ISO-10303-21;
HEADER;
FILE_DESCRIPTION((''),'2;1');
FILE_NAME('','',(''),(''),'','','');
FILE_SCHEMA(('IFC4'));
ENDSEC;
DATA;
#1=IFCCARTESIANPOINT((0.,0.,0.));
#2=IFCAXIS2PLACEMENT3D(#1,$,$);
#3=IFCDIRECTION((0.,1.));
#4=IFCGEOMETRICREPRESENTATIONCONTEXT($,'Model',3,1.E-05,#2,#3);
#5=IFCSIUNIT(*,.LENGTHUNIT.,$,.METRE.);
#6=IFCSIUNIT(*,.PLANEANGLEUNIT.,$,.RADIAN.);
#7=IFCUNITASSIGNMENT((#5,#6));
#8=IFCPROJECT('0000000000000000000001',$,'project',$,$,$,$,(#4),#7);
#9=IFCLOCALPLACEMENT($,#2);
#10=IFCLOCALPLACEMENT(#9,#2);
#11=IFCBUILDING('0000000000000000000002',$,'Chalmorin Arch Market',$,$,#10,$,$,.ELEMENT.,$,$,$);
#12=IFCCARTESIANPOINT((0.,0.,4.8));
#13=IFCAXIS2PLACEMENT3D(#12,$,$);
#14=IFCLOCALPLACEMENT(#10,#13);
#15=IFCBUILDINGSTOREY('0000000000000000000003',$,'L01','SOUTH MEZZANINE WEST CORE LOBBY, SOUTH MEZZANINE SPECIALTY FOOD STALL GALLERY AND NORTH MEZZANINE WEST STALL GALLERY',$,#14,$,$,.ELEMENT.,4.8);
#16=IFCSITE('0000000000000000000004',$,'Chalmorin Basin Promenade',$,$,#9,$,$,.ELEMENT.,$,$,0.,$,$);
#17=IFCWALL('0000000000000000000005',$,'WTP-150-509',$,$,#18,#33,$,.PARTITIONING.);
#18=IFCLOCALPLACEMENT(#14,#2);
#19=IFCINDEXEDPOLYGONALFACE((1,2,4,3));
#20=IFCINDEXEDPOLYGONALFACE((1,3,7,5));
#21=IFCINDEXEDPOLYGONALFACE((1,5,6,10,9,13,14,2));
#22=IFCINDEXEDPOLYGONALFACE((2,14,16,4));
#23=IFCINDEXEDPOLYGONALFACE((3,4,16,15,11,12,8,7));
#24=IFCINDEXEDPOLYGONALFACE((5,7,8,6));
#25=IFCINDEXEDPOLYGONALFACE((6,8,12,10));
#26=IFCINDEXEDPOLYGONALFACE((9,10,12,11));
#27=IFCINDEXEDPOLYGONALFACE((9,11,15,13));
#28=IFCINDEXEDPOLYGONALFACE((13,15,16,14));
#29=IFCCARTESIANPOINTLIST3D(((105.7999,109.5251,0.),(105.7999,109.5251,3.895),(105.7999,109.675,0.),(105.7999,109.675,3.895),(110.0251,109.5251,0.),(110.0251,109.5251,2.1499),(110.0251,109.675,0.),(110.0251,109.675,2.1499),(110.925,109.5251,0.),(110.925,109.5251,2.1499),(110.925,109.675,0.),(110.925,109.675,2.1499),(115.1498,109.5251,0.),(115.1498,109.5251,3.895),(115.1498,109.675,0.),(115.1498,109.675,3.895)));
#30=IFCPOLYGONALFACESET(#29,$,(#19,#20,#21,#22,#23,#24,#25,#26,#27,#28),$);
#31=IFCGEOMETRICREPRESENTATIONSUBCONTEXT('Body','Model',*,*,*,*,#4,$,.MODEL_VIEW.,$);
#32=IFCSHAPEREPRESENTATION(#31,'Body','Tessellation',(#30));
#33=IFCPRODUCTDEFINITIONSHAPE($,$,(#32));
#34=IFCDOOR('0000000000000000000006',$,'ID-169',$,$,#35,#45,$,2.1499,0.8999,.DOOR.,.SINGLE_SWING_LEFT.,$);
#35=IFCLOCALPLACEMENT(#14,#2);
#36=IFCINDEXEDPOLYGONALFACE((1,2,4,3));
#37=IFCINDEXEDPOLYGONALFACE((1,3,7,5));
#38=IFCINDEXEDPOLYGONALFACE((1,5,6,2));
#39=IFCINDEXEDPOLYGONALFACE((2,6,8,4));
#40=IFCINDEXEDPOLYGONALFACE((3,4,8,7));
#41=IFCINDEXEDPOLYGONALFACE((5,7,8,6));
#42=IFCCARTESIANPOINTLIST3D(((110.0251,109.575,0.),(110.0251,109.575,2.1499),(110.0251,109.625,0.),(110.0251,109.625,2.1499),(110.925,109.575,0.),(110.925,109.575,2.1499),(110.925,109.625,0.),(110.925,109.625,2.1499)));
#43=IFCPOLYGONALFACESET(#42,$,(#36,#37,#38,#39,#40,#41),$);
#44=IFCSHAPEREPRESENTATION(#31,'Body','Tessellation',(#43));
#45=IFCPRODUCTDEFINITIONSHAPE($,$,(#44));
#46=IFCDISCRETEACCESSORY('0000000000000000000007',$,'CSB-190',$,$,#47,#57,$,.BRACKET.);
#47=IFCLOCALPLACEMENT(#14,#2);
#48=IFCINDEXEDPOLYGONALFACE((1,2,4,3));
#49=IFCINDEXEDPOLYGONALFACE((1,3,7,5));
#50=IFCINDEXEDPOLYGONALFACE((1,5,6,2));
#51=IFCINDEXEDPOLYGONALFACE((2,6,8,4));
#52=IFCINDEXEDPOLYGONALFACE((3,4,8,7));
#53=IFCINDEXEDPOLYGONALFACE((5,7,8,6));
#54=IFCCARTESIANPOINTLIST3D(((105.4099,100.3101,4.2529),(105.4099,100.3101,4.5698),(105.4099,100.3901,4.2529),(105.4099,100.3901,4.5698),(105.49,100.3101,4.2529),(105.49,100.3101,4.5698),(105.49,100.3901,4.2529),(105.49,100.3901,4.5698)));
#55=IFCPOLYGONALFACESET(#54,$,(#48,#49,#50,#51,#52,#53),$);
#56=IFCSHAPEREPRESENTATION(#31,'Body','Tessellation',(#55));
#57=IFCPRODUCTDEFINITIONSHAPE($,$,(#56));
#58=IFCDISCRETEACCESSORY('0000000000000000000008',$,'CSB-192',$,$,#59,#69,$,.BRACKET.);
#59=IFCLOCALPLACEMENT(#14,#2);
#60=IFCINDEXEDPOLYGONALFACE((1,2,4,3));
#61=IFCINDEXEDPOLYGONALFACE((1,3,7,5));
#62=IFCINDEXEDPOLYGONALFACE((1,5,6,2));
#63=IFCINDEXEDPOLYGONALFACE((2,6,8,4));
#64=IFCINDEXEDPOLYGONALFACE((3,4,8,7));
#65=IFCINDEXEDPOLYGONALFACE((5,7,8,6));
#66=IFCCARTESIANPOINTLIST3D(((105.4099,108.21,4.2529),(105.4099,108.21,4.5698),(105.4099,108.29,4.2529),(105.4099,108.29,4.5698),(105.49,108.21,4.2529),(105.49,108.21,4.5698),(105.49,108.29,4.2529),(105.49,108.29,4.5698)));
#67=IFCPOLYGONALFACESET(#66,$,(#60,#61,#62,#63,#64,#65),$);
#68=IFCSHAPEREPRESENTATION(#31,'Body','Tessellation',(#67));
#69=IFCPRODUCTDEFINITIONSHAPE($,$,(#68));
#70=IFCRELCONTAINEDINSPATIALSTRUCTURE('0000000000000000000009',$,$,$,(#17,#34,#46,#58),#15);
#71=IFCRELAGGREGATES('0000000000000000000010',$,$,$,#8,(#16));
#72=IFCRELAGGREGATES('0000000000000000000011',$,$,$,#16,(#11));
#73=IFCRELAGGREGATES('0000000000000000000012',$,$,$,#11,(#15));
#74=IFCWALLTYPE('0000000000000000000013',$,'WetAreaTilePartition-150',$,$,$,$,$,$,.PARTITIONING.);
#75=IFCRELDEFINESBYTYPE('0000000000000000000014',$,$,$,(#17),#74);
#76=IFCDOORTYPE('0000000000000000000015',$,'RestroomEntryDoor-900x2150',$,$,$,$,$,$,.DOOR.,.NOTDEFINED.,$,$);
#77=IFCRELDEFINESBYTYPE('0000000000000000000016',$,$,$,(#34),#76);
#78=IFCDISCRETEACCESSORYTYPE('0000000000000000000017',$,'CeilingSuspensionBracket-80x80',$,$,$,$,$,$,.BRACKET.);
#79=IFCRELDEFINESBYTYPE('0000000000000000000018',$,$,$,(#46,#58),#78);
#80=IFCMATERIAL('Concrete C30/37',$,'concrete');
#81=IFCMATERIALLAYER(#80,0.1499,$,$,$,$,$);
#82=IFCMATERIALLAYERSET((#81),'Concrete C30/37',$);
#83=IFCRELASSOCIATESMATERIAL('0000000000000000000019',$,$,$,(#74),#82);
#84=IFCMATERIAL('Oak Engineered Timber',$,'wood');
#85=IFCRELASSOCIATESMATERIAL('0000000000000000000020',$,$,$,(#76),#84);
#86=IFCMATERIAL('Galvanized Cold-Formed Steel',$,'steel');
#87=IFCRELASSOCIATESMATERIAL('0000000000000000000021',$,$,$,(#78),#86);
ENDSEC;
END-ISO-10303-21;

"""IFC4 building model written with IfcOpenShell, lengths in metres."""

from ifc_helpers import new_model, si_unit, direction, frame, frame_2d, origin, origin_2d, place, context, subcontext, project, spatial, rectangle, extrude, material, layer, layer_set, type_object, element, fill, save


model = new_model("IFC4")

# Units and contexts
model_context = context("Model", 3, precision=1e-05, world=origin(), true_north=direction((0.0, 1.0)))
body_context = subcontext(model_context, "Body", "Model", "MODEL_VIEW")
ifc_project = project(units=[si_unit("LENGTHUNIT", "METRE"), si_unit("PLANEANGLEUNIT", "RADIAN")], contexts=[model_context])

# Site, building, storey
site_placement = place(None, origin())
site = spatial("IfcSite", under=ifc_project, at=site_placement, Name="Chalmorin Basin Promenade", CompositionType="ELEMENT", RefElevation=0.0)
building_placement = place(site_placement, origin())
building = spatial("IfcBuilding", under=site, at=building_placement, Name="Chalmorin Arch Market", CompositionType="ELEMENT")
storey_placement = place(building_placement, frame((0.0, 0.0, 4.8)))
storey = spatial("IfcBuildingStorey", under=building, at=storey_placement, Name="L01", Description="SOUTH MEZZANINE WEST CORE LOBBY, SOUTH MEZZANINE SPECIALTY FOOD STALL GALLERY AND NORTH MEZZANINE WEST STALL GALLERY", CompositionType="ELEMENT", Elevation=4.8)

# Wall, opening, door
ifc_material_1 = material(Name="Concrete C30/37", Category="concrete")
ifc_layer_1 = layer(ifc_material_1, 0.1499)
ifc_layer_set_1 = layer_set([ifc_layer_1], Name="Concrete C30/37")
wall_type_1 = type_object("IfcWallType", Name="WetAreaTilePartition-150", PredefinedType="PARTITIONING", material=ifc_layer_set_1)
ifc_material_2 = material(Name="Oak Engineered Timber", Category="wood")
door_type = type_object("IfcDoorType", Name="RestroomEntryDoor-900x2150", OperationType="NOTDEFINED", PredefinedType="DOOR", material=ifc_material_2)
wall_1_placement = place(storey_placement, frame((105.8, 109.6001, 0.0), z_axis=(0.0, 0.0, 1.0), x_axis=(1.0, 0.0, 0.0)))
wall_1 = element("IfcWall", 1, at=wall_1_placement, inside=storey, type_object=wall_type_1, Name="WTP-150-509", PredefinedType="PARTITIONING", context=body_context, shape_type="SweptSolid", body=[
    extrude(rectangle(XDim=9.3499, YDim=0.1499, at=frame_2d((4.6748, 0.0))), origin(), (0.0, 0.0, 1.0), 3.895),
])
opening_1_placement = place(wall_1_placement, frame((4.2251, 0.0, 0.0)))
opening_1 = element("IfcOpeningElement", 2, at=opening_1_placement, cuts=wall_1, PredefinedType="OPENING", context=body_context, shape_type="SweptSolid", body=[
    extrude(rectangle(XDim=0.8999, YDim=2.1499, at=frame_2d((0.45, 1.075))), frame((0.0, 0.085, 0.0), z_axis=(0.0, -1.0, 0.0), x_axis=(1.0, 0.0, 0.0)), (0.0, 0.0, 1.0), 0.1699),
])
door_1_placement = place(opening_1_placement, origin())
door_1 = element("IfcDoor", 3, at=door_1_placement, inside=storey, type_object=door_type, Name="ID-169", OperationType="SINGLE_SWING_LEFT", OverallHeight=2.1499, OverallWidth=0.8999, PredefinedType="DOOR", context=body_context, shape_type="SweptSolid", body=[
    extrude(rectangle(XDim=0.8999, YDim=2.1499, at=frame_2d((0.45, 1.075))), frame((0.0, 0.0249, 0.0), z_axis=(0.0, -1.0, 0.0), x_axis=(1.0, 0.0, 0.0)), (0.0, 0.0, 1.0), 0.05),
])
fill(opening_1, door_1)

# Discrete accessories
ifc_material_3 = material(Name="Galvanized Cold-Formed Steel", Category="steel")
discrete_accessory_type = type_object("IfcDiscreteAccessoryType", Name="CeilingSuspensionBracket-80x80", PredefinedType="BRACKET", material=ifc_material_3)
for number, where, z_axis, x_axis, name in (
    (4, (105.45, 100.3501, 4.2529), (0.0, 0.0, 1.0), (1.0, 0.0, 0.0), "CSB-190"),
    (5, (105.45, 108.25, 4.2529), (0.0, 0.0, 1.0), (1.0, 0.0, 0.0), "CSB-192"),
):
    element("IfcDiscreteAccessory", number, at=place(storey_placement, frame(where, z_axis=z_axis, x_axis=x_axis)), inside=storey, type_object=discrete_accessory_type, Name=name, PredefinedType="BRACKET", context=body_context, shape_type="SweptSolid", body=[
        extrude(rectangle(XDim=0.0801, YDim=0.0801, at=origin_2d()), origin(), (0.0, 0.0, 1.0), 0.3169),
    ])

save(model, "model.ifc")
